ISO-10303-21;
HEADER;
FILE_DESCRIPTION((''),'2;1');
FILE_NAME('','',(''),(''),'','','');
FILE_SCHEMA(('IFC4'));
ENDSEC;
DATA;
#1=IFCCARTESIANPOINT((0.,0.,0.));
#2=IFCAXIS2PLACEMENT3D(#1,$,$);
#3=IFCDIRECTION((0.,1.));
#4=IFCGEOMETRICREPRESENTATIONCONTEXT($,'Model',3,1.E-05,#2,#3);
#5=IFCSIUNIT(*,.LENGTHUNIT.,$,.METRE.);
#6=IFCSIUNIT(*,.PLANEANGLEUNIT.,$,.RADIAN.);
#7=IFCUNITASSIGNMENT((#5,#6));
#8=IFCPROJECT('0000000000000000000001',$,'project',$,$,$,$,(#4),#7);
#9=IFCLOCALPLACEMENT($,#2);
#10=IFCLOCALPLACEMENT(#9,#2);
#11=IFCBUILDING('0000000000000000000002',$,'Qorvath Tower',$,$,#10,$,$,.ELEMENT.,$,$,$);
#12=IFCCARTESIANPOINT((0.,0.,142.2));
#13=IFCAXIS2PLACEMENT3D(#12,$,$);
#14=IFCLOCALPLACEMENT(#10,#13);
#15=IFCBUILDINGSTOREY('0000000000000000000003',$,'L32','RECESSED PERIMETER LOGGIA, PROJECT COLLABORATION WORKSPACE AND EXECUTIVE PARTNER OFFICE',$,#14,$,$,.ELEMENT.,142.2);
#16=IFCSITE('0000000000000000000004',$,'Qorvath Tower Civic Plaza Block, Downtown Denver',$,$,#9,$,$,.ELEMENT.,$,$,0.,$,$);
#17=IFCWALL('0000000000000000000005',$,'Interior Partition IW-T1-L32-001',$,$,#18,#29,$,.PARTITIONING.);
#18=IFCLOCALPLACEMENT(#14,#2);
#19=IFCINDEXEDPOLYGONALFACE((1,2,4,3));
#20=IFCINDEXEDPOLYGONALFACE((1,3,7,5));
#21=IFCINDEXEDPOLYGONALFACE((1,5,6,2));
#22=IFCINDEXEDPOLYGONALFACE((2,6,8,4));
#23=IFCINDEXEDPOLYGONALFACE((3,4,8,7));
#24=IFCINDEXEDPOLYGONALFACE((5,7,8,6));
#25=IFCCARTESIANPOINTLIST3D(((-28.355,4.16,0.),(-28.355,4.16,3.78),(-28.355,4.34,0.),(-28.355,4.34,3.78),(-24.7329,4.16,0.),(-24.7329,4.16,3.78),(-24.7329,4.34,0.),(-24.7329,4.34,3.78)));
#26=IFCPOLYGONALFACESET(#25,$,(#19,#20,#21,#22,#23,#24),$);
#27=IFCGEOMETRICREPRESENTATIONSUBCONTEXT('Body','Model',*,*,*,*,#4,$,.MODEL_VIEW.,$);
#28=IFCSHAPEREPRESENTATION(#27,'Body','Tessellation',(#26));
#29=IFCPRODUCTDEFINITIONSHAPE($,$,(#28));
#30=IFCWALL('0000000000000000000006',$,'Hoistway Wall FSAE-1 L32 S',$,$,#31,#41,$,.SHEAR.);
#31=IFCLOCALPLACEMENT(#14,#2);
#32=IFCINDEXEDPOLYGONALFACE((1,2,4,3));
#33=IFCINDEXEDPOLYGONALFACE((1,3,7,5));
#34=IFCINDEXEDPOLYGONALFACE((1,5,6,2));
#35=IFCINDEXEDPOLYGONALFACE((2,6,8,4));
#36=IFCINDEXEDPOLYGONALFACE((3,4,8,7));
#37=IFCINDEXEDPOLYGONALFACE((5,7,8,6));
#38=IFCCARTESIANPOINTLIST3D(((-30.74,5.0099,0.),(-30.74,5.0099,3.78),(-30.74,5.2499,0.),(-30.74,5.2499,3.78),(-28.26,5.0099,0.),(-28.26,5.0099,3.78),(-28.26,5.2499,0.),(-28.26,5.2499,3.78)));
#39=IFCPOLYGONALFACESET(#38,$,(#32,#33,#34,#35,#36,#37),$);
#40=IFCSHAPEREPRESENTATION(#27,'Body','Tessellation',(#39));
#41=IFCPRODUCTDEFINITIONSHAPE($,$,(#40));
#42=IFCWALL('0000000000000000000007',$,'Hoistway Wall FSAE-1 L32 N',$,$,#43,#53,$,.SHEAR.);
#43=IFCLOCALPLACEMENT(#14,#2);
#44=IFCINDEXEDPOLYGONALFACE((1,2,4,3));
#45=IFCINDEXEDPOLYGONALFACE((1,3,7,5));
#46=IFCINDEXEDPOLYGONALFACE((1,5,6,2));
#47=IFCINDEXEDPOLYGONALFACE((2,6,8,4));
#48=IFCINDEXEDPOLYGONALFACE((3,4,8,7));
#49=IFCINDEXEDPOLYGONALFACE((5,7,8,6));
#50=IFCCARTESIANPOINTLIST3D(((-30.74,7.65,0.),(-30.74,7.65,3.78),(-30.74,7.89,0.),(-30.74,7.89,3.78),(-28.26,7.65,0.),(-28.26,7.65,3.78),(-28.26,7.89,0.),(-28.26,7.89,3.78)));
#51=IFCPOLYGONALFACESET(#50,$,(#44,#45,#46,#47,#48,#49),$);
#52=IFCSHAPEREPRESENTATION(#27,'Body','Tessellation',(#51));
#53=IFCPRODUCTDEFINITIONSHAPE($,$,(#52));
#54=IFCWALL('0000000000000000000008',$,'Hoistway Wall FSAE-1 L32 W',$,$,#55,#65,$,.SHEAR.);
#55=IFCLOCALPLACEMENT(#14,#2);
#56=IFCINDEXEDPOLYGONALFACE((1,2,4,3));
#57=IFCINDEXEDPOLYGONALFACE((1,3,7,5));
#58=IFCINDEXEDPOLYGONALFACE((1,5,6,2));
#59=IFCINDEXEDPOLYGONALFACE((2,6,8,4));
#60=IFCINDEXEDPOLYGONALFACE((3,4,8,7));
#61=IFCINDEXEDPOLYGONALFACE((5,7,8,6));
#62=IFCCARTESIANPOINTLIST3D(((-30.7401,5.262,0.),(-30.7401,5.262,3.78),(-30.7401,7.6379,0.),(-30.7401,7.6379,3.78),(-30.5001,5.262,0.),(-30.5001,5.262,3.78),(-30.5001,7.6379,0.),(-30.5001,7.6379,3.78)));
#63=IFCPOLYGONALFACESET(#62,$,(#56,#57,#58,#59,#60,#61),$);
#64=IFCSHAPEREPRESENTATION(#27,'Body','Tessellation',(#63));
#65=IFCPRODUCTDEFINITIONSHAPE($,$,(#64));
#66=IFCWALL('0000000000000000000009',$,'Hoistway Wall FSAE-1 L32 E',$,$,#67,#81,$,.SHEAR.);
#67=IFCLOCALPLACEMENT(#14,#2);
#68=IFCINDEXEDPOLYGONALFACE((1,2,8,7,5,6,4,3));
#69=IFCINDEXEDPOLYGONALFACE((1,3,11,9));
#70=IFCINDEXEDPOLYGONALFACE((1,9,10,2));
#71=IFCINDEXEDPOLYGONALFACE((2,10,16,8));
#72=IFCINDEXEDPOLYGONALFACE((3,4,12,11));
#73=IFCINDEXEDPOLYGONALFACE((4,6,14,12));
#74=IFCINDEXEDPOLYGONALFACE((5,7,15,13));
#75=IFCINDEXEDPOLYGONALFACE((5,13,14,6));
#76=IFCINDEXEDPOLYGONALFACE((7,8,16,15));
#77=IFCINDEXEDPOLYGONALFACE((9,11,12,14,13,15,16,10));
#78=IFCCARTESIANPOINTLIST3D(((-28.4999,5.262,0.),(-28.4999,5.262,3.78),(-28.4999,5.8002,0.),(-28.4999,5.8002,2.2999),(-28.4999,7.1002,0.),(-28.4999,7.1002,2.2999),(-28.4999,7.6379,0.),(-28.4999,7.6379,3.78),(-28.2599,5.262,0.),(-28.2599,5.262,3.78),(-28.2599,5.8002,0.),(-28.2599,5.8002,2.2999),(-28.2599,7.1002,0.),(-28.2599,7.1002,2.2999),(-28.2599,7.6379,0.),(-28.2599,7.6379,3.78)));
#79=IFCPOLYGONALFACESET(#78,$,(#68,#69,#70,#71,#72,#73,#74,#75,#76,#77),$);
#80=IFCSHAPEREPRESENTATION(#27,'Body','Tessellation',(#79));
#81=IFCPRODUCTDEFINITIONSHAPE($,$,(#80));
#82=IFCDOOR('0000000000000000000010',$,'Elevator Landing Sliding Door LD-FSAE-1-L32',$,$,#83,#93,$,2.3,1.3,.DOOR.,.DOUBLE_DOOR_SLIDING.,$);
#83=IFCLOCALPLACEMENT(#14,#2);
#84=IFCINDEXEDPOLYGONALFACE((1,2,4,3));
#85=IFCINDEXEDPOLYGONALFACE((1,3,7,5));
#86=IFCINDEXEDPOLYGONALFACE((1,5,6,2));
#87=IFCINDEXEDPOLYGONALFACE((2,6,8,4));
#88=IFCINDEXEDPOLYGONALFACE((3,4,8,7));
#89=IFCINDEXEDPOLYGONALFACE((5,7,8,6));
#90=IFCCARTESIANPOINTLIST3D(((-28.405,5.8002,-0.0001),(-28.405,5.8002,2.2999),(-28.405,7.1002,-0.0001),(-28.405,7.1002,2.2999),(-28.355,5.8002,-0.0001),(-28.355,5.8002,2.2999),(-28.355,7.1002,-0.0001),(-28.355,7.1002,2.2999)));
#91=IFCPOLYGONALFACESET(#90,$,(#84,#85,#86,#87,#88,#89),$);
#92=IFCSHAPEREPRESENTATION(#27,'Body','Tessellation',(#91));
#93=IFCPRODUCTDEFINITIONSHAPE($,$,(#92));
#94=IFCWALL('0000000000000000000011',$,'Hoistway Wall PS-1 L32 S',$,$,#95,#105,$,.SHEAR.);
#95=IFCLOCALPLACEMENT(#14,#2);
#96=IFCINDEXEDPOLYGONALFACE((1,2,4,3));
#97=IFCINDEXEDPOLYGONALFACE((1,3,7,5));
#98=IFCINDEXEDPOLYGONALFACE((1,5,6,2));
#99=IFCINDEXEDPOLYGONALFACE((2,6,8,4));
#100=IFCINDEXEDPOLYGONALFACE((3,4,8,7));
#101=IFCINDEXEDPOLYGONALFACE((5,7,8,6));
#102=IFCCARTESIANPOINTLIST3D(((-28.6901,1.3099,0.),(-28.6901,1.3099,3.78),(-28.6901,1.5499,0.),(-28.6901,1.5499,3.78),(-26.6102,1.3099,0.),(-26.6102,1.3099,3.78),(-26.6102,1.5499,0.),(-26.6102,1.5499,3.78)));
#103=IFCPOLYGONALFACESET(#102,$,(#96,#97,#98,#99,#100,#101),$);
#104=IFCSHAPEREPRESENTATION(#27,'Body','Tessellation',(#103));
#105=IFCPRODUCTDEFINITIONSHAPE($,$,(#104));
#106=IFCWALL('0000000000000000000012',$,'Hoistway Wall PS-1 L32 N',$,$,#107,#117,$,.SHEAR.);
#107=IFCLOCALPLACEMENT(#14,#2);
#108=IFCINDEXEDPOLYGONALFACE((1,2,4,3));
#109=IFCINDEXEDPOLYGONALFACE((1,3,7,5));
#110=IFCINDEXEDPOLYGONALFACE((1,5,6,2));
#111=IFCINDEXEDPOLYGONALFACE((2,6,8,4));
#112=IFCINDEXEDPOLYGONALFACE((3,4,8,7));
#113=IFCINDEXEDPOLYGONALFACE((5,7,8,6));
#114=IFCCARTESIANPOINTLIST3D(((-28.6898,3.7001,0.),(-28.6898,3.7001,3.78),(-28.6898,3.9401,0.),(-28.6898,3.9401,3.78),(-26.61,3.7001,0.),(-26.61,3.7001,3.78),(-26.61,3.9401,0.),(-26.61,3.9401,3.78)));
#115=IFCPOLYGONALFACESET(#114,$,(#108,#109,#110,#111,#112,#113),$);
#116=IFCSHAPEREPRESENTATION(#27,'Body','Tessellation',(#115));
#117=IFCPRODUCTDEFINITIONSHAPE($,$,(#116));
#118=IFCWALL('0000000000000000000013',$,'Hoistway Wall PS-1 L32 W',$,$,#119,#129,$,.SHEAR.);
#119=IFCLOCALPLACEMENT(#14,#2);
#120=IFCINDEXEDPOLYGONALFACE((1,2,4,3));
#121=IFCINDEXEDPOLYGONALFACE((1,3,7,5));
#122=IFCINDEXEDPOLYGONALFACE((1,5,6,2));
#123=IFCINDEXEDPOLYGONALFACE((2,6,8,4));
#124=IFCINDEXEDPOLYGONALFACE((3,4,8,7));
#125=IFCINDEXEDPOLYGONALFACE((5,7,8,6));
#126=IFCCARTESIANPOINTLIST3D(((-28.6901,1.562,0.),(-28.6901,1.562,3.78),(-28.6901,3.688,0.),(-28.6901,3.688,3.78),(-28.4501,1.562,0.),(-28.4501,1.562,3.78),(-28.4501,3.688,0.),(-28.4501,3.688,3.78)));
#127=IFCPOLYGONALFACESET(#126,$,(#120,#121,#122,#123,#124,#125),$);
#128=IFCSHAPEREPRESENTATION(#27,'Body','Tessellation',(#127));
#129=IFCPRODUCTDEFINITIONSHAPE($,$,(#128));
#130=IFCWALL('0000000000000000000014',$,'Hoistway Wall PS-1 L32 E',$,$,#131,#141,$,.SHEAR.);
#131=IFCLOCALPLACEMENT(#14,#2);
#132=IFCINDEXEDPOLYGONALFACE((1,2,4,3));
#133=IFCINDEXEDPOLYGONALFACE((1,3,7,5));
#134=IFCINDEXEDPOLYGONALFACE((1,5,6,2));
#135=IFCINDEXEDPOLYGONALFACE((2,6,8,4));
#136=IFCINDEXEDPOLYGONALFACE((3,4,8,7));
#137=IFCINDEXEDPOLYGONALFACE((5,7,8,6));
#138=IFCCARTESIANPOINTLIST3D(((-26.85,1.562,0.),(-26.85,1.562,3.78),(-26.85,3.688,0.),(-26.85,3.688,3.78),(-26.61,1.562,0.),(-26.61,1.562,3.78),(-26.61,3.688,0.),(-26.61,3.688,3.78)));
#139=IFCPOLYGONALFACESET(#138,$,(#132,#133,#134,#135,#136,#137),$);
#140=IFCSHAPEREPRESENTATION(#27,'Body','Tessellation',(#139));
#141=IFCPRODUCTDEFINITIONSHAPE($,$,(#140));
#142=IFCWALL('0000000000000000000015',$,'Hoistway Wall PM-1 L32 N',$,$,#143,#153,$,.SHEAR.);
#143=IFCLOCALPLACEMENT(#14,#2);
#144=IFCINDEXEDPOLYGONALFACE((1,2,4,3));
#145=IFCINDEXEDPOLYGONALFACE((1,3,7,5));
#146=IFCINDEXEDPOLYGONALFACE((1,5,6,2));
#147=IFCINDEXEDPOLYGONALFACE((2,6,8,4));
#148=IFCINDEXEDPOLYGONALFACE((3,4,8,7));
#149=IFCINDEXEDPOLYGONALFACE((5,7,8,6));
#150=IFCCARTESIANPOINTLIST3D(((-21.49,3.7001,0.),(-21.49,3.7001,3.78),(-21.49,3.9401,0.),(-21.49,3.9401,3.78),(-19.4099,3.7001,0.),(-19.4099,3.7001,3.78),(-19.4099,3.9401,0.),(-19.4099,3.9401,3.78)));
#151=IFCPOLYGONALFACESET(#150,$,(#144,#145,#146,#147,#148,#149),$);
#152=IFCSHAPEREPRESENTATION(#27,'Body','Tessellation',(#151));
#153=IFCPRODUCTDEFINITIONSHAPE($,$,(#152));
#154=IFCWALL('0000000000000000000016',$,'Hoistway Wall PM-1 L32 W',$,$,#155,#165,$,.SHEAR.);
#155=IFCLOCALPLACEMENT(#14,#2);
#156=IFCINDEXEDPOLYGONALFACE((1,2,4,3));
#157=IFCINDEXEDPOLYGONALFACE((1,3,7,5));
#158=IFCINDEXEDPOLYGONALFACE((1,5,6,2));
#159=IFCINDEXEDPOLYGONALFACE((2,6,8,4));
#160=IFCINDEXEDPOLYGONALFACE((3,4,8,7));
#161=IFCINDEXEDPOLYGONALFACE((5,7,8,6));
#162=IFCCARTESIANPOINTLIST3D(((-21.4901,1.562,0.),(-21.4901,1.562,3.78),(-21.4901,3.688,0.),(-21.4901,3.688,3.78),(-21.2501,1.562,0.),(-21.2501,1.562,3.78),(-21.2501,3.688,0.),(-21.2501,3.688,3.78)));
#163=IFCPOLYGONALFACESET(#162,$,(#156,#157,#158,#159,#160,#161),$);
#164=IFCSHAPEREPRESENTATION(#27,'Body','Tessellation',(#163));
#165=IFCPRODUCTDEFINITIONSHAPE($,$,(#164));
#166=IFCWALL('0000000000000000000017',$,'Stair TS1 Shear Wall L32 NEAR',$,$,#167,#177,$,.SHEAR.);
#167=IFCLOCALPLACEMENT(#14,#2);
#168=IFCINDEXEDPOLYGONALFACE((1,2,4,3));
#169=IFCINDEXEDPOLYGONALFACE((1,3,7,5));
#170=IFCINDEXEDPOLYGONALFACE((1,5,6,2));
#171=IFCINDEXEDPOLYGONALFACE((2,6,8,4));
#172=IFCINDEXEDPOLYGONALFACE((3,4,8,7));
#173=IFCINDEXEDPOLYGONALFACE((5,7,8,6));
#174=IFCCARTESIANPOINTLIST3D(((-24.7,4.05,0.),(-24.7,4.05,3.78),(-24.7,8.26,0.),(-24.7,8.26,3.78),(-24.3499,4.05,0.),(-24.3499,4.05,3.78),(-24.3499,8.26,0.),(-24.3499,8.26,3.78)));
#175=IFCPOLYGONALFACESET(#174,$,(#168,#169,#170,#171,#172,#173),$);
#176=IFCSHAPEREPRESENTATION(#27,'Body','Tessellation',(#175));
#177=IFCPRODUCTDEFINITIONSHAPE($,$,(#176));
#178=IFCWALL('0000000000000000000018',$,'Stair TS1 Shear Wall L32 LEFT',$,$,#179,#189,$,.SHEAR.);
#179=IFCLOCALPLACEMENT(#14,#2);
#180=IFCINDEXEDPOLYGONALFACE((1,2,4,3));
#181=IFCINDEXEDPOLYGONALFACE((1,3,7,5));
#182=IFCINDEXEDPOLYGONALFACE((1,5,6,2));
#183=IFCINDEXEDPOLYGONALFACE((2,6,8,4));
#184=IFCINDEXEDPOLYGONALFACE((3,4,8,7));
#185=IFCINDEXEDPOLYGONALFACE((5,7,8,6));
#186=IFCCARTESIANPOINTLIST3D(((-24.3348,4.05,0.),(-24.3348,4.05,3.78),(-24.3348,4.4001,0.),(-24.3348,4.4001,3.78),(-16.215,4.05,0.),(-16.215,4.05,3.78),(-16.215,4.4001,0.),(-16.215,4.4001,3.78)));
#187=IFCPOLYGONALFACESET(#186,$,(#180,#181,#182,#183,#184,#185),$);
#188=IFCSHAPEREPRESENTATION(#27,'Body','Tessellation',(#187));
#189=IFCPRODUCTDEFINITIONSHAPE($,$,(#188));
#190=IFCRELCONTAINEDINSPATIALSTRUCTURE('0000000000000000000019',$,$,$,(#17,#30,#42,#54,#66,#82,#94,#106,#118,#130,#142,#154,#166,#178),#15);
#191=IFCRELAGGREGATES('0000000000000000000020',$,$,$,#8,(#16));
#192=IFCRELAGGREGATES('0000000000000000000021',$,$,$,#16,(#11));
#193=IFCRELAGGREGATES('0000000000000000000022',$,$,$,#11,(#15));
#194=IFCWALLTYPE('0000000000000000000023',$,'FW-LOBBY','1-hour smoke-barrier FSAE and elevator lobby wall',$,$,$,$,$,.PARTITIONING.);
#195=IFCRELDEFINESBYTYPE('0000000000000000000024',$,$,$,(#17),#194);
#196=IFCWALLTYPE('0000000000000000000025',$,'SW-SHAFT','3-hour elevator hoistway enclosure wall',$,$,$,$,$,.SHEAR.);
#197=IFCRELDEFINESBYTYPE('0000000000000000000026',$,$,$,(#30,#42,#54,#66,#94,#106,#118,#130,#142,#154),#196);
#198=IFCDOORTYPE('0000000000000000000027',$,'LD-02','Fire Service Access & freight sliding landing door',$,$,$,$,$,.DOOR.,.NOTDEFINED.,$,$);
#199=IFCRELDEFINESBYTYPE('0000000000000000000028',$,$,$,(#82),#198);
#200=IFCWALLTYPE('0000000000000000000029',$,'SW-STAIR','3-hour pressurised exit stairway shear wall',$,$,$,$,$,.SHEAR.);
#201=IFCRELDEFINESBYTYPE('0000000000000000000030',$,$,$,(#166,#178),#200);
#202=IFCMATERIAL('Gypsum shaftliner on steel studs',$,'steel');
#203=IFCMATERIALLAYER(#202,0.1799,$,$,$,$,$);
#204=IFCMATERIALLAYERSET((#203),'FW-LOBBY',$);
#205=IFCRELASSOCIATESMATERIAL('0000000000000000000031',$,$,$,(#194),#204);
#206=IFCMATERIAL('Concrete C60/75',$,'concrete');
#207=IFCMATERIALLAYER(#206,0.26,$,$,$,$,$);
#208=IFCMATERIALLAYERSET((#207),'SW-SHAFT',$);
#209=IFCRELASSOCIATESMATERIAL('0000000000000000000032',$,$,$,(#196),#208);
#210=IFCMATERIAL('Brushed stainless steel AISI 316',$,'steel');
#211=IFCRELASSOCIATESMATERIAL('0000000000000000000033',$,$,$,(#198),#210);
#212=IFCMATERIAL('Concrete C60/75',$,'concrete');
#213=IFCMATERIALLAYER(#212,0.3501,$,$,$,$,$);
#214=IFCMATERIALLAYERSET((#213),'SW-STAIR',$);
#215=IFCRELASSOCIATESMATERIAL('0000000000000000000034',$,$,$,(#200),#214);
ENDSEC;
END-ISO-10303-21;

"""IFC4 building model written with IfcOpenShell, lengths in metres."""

from ifc_helpers import new_model, si_unit, direction, frame, frame_2d, origin, place, context, subcontext, project, spatial, rectangle, extrude, material, layer, layer_set, type_object, element, fill, save


model = new_model("IFC4")

# Units and contexts
model_context = context("Model", 3, precision=1e-05, world=origin(), true_north=direction((0.0, 1.0)))
body_context = subcontext(model_context, "Body", "Model", "MODEL_VIEW")
ifc_project = project(units=[si_unit("LENGTHUNIT", "METRE"), si_unit("PLANEANGLEUNIT", "RADIAN")], contexts=[model_context])

# Site, building, storey
site_placement = place(None, origin())
site = spatial("IfcSite", under=ifc_project, at=site_placement, Name="Qorvath Tower Civic Plaza Block, Downtown Denver", CompositionType="ELEMENT", RefElevation=0.0)
building_placement = place(site_placement, origin())
building = spatial("IfcBuilding", under=site, at=building_placement, Name="Qorvath Tower", CompositionType="ELEMENT")
storey_placement = place(building_placement, frame((0.0, 0.0, 142.2)))
storey = spatial("IfcBuildingStorey", under=building, at=storey_placement, Name="L32", Description="RECESSED PERIMETER LOGGIA, PROJECT COLLABORATION WORKSPACE AND EXECUTIVE PARTNER OFFICE", CompositionType="ELEMENT", Elevation=142.2)

# Wall
ifc_material_1 = material(Name="Gypsum shaftliner on steel studs", Category="steel")
ifc_layer_1 = layer(ifc_material_1, 0.1799)
ifc_layer_set_1 = layer_set([ifc_layer_1], Name="FW-LOBBY")
wall_type_1 = type_object("IfcWallType", Name="FW-LOBBY", Description="1-hour smoke-barrier FSAE and elevator lobby wall", PredefinedType="PARTITIONING", material=ifc_layer_set_1)
wall_1_placement = place(storey_placement, frame((-28.355, 4.25, 0.0), z_axis=(0.0, 0.0, 1.0), x_axis=(1.0, 0.0, 0.0)))
element("IfcWall", 1, at=wall_1_placement, inside=storey, type_object=wall_type_1, Name="Interior Partition IW-T1-L32-001", PredefinedType="PARTITIONING", context=body_context, shape_type="SweptSolid", body=[
    extrude(rectangle(XDim=3.6221, YDim=0.1799, at=frame_2d((1.811, 0.0))), origin(), (0.0, 0.0, 1.0), 3.78),
])

# Walls
ifc_material_2 = material(Name="Concrete C60/75", Category="concrete")
ifc_layer_2 = layer(ifc_material_2, 0.26)
ifc_layer_set_2 = layer_set([ifc_layer_2], Name="SW-SHAFT")
wall_type_2 = type_object("IfcWallType", Name="SW-SHAFT", Description="3-hour elevator hoistway enclosure wall", PredefinedType="SHEAR", material=ifc_layer_set_2)
for number, where, z_axis, x_axis, name in (
    (2, (-28.26, 5.1299, 0.0), (0.0, 0.0, 1.0), (-1.0, 0.0, 0.0), "Hoistway Wall FSAE-1 L32 S"),
    (3, (-30.74, 7.77, 0.0), (0.0, 0.0, 1.0), (1.0, 0.0, 0.0), "Hoistway Wall FSAE-1 L32 N"),
):
    element("IfcWall", number, at=place(storey_placement, frame(where, z_axis=z_axis, x_axis=x_axis)), inside=storey, type_object=wall_type_2, Name=name, PredefinedType="SHEAR", context=body_context, shape_type="SweptSolid", body=[
        extrude(rectangle(XDim=2.48, YDim=0.24, at=frame_2d((1.24, 0.0))), origin(), (0.0, 0.0, 1.0), 3.78),
    ])
wall_2_placement = place(storey_placement, frame((-30.6201, 5.262, 0.0), z_axis=(0.0, 0.0, 1.0), x_axis=(0.0, 1.0, 0.0)))
element("IfcWall", 4, at=wall_2_placement, inside=storey, type_object=wall_type_2, Name="Hoistway Wall FSAE-1 L32 W", PredefinedType="SHEAR", context=body_context, shape_type="SweptSolid", body=[
    extrude(rectangle(XDim=2.376, YDim=0.24, at=frame_2d((1.188, 0.0))), origin(), (0.0, 0.0, 1.0), 3.78),
])

# Wall, opening, door
wall_3_placement = place(storey_placement, frame((-28.3799, 7.6379, 0.0), z_axis=(0.0, 0.0, 1.0), x_axis=(0.0, -1.0, 0.0)))
wall_3 = element("IfcWall", 5, at=wall_3_placement, inside=storey, type_object=wall_type_2, Name="Hoistway Wall FSAE-1 L32 E", PredefinedType="SHEAR", context=body_context, shape_type="SweptSolid", body=[
    extrude(rectangle(XDim=2.376, YDim=0.24, at=frame_2d((1.188, 0.0))), origin(), (0.0, 0.0, 1.0), 3.78),
])
opening_1_placement = place(wall_3_placement, frame((0.5378, 0.0, 0.0)))
opening_1 = element("IfcOpeningElement", 6, at=opening_1_placement, cuts=wall_3, PredefinedType="OPENING", context=body_context, shape_type="SweptSolid", body=[
    extrude(rectangle(XDim=1.3, YDim=2.3, at=frame_2d((0.6499, 1.1499))), frame((0.0, 0.1299, 0.0), z_axis=(0.0, -1.0, 0.0), x_axis=(1.0, 0.0, 0.0)), (0.0, 0.0, 1.0), 0.26),
])
ifc_material_3 = material(Name="Brushed stainless steel AISI 316", Category="steel")
door_type_1 = type_object("IfcDoorType", Name="LD-02", Description="Fire Service Access & freight sliding landing door", OperationType="NOTDEFINED", PredefinedType="DOOR", material=ifc_material_3)
door_1_placement = place(opening_1_placement, origin())
door_1 = element("IfcDoor", 7, at=door_1_placement, inside=storey, type_object=door_type_1, Name="Elevator Landing Sliding Door LD-FSAE-1-L32", OperationType="DOUBLE_DOOR_SLIDING", OverallHeight=2.3, OverallWidth=1.3, PredefinedType="DOOR", context=body_context, shape_type="SweptSolid", body=[
    extrude(rectangle(XDim=1.3, YDim=2.3, at=frame_2d((0.6499, 1.1499))), frame((0.0, 0.0249, 0.0), z_axis=(0.0, -1.0, 0.0), x_axis=(1.0, 0.0, 0.0)), (0.0, 0.0, 1.0), 0.05),
])
fill(opening_1, door_1)

# Walls
for number, where, z_axis, x_axis, name in (
    (8, (-26.6101, 1.4299, 0.0), (0.0, 0.0, 1.0), (-1.0, 0.0, 0.0), "Hoistway Wall PS-1 L32 S"),
    (9, (-28.6899, 3.8201, 0.0), (0.0, 0.0, 1.0), (1.0, 0.0, 0.0), "Hoistway Wall PS-1 L32 N"),
):
    element("IfcWall", number, at=place(storey_placement, frame(where, z_axis=z_axis, x_axis=x_axis)), inside=storey, type_object=wall_type_2, Name=name, PredefinedType="SHEAR", context=body_context, shape_type="SweptSolid", body=[
        extrude(rectangle(XDim=2.0798, YDim=0.24, at=frame_2d((1.04, 0.0))), origin(), (0.0, 0.0, 1.0), 3.78),
    ])
for number, where, z_axis, x_axis, name in (
    (10, (-28.5701, 1.562, 0.0), (0.0, 0.0, 1.0), (0.0, 1.0, 0.0), "Hoistway Wall PS-1 L32 W"),
    (11, (-26.73, 3.688, 0.0), (0.0, 0.0, 1.0), (0.0, -1.0, 0.0), "Hoistway Wall PS-1 L32 E"),
):
    element("IfcWall", number, at=place(storey_placement, frame(where, z_axis=z_axis, x_axis=x_axis)), inside=storey, type_object=wall_type_2, Name=name, PredefinedType="SHEAR", context=body_context, shape_type="SweptSolid", body=[
        extrude(rectangle(XDim=2.126, YDim=0.24, at=frame_2d((1.063, 0.0))), origin(), (0.0, 0.0, 1.0), 3.78),
    ])
wall_4_placement = place(storey_placement, frame((-21.49, 3.8201, 0.0), z_axis=(0.0, 0.0, 1.0), x_axis=(1.0, 0.0, 0.0)))
element("IfcWall", 12, at=wall_4_placement, inside=storey, type_object=wall_type_2, Name="Hoistway Wall PM-1 L32 N", PredefinedType="SHEAR", context=body_context, shape_type="SweptSolid", body=[
    extrude(rectangle(XDim=2.0801, YDim=0.24, at=frame_2d((1.04, 0.0))), origin(), (0.0, 0.0, 1.0), 3.78),
])
wall_5_placement = place(storey_placement, frame((-21.3701, 1.562, 0.0), z_axis=(0.0, 0.0, 1.0), x_axis=(0.0, 1.0, 0.0)))
element("IfcWall", 13, at=wall_5_placement, inside=storey, type_object=wall_type_2, Name="Hoistway Wall PM-1 L32 W", PredefinedType="SHEAR", context=body_context, shape_type="SweptSolid", body=[
    extrude(rectangle(XDim=2.126, YDim=0.24, at=frame_2d((1.063, 0.0))), origin(), (0.0, 0.0, 1.0), 3.78),
])
ifc_material_4 = material(Name="Concrete C60/75", Category="concrete")
ifc_layer_3 = layer(ifc_material_4, 0.3501)
ifc_layer_set_3 = layer_set([ifc_layer_3], Name="SW-STAIR")
wall_type_3 = type_object("IfcWallType", Name="SW-STAIR", Description="3-hour pressurised exit stairway shear wall", PredefinedType="SHEAR", material=ifc_layer_set_3)
wall_6_placement = place(storey_placement, frame((-24.5249, 8.26, 0.0), z_axis=(0.0, 0.0, 1.0), x_axis=(0.0, -1.0, 0.0)))
element("IfcWall", 14, at=wall_6_placement, inside=storey, type_object=wall_type_3, Name="Stair TS1 Shear Wall L32 NEAR", PredefinedType="SHEAR", context=body_context, shape_type="SweptSolid", body=[
    extrude(rectangle(XDim=4.21, YDim=0.3501, at=frame_2d((2.105, 0.0))), origin(), (0.0, 0.0, 1.0), 3.78),
])
wall_7_placement = place(storey_placement, frame((-24.335, 4.2251, 0.0), z_axis=(0.0, 0.0, 1.0), x_axis=(1.0, 0.0, 0.0)))
element("IfcWall", 15, at=wall_7_placement, inside=storey, type_object=wall_type_3, Name="Stair TS1 Shear Wall L32 LEFT", PredefinedType="SHEAR", context=body_context, shape_type="SweptSolid", body=[
    extrude(rectangle(XDim=8.1199, YDim=0.3501, at=frame_2d((4.0601, 0.0))), origin(), (0.0, 0.0, 1.0), 3.78),
])

save(model, "model.ifc")
